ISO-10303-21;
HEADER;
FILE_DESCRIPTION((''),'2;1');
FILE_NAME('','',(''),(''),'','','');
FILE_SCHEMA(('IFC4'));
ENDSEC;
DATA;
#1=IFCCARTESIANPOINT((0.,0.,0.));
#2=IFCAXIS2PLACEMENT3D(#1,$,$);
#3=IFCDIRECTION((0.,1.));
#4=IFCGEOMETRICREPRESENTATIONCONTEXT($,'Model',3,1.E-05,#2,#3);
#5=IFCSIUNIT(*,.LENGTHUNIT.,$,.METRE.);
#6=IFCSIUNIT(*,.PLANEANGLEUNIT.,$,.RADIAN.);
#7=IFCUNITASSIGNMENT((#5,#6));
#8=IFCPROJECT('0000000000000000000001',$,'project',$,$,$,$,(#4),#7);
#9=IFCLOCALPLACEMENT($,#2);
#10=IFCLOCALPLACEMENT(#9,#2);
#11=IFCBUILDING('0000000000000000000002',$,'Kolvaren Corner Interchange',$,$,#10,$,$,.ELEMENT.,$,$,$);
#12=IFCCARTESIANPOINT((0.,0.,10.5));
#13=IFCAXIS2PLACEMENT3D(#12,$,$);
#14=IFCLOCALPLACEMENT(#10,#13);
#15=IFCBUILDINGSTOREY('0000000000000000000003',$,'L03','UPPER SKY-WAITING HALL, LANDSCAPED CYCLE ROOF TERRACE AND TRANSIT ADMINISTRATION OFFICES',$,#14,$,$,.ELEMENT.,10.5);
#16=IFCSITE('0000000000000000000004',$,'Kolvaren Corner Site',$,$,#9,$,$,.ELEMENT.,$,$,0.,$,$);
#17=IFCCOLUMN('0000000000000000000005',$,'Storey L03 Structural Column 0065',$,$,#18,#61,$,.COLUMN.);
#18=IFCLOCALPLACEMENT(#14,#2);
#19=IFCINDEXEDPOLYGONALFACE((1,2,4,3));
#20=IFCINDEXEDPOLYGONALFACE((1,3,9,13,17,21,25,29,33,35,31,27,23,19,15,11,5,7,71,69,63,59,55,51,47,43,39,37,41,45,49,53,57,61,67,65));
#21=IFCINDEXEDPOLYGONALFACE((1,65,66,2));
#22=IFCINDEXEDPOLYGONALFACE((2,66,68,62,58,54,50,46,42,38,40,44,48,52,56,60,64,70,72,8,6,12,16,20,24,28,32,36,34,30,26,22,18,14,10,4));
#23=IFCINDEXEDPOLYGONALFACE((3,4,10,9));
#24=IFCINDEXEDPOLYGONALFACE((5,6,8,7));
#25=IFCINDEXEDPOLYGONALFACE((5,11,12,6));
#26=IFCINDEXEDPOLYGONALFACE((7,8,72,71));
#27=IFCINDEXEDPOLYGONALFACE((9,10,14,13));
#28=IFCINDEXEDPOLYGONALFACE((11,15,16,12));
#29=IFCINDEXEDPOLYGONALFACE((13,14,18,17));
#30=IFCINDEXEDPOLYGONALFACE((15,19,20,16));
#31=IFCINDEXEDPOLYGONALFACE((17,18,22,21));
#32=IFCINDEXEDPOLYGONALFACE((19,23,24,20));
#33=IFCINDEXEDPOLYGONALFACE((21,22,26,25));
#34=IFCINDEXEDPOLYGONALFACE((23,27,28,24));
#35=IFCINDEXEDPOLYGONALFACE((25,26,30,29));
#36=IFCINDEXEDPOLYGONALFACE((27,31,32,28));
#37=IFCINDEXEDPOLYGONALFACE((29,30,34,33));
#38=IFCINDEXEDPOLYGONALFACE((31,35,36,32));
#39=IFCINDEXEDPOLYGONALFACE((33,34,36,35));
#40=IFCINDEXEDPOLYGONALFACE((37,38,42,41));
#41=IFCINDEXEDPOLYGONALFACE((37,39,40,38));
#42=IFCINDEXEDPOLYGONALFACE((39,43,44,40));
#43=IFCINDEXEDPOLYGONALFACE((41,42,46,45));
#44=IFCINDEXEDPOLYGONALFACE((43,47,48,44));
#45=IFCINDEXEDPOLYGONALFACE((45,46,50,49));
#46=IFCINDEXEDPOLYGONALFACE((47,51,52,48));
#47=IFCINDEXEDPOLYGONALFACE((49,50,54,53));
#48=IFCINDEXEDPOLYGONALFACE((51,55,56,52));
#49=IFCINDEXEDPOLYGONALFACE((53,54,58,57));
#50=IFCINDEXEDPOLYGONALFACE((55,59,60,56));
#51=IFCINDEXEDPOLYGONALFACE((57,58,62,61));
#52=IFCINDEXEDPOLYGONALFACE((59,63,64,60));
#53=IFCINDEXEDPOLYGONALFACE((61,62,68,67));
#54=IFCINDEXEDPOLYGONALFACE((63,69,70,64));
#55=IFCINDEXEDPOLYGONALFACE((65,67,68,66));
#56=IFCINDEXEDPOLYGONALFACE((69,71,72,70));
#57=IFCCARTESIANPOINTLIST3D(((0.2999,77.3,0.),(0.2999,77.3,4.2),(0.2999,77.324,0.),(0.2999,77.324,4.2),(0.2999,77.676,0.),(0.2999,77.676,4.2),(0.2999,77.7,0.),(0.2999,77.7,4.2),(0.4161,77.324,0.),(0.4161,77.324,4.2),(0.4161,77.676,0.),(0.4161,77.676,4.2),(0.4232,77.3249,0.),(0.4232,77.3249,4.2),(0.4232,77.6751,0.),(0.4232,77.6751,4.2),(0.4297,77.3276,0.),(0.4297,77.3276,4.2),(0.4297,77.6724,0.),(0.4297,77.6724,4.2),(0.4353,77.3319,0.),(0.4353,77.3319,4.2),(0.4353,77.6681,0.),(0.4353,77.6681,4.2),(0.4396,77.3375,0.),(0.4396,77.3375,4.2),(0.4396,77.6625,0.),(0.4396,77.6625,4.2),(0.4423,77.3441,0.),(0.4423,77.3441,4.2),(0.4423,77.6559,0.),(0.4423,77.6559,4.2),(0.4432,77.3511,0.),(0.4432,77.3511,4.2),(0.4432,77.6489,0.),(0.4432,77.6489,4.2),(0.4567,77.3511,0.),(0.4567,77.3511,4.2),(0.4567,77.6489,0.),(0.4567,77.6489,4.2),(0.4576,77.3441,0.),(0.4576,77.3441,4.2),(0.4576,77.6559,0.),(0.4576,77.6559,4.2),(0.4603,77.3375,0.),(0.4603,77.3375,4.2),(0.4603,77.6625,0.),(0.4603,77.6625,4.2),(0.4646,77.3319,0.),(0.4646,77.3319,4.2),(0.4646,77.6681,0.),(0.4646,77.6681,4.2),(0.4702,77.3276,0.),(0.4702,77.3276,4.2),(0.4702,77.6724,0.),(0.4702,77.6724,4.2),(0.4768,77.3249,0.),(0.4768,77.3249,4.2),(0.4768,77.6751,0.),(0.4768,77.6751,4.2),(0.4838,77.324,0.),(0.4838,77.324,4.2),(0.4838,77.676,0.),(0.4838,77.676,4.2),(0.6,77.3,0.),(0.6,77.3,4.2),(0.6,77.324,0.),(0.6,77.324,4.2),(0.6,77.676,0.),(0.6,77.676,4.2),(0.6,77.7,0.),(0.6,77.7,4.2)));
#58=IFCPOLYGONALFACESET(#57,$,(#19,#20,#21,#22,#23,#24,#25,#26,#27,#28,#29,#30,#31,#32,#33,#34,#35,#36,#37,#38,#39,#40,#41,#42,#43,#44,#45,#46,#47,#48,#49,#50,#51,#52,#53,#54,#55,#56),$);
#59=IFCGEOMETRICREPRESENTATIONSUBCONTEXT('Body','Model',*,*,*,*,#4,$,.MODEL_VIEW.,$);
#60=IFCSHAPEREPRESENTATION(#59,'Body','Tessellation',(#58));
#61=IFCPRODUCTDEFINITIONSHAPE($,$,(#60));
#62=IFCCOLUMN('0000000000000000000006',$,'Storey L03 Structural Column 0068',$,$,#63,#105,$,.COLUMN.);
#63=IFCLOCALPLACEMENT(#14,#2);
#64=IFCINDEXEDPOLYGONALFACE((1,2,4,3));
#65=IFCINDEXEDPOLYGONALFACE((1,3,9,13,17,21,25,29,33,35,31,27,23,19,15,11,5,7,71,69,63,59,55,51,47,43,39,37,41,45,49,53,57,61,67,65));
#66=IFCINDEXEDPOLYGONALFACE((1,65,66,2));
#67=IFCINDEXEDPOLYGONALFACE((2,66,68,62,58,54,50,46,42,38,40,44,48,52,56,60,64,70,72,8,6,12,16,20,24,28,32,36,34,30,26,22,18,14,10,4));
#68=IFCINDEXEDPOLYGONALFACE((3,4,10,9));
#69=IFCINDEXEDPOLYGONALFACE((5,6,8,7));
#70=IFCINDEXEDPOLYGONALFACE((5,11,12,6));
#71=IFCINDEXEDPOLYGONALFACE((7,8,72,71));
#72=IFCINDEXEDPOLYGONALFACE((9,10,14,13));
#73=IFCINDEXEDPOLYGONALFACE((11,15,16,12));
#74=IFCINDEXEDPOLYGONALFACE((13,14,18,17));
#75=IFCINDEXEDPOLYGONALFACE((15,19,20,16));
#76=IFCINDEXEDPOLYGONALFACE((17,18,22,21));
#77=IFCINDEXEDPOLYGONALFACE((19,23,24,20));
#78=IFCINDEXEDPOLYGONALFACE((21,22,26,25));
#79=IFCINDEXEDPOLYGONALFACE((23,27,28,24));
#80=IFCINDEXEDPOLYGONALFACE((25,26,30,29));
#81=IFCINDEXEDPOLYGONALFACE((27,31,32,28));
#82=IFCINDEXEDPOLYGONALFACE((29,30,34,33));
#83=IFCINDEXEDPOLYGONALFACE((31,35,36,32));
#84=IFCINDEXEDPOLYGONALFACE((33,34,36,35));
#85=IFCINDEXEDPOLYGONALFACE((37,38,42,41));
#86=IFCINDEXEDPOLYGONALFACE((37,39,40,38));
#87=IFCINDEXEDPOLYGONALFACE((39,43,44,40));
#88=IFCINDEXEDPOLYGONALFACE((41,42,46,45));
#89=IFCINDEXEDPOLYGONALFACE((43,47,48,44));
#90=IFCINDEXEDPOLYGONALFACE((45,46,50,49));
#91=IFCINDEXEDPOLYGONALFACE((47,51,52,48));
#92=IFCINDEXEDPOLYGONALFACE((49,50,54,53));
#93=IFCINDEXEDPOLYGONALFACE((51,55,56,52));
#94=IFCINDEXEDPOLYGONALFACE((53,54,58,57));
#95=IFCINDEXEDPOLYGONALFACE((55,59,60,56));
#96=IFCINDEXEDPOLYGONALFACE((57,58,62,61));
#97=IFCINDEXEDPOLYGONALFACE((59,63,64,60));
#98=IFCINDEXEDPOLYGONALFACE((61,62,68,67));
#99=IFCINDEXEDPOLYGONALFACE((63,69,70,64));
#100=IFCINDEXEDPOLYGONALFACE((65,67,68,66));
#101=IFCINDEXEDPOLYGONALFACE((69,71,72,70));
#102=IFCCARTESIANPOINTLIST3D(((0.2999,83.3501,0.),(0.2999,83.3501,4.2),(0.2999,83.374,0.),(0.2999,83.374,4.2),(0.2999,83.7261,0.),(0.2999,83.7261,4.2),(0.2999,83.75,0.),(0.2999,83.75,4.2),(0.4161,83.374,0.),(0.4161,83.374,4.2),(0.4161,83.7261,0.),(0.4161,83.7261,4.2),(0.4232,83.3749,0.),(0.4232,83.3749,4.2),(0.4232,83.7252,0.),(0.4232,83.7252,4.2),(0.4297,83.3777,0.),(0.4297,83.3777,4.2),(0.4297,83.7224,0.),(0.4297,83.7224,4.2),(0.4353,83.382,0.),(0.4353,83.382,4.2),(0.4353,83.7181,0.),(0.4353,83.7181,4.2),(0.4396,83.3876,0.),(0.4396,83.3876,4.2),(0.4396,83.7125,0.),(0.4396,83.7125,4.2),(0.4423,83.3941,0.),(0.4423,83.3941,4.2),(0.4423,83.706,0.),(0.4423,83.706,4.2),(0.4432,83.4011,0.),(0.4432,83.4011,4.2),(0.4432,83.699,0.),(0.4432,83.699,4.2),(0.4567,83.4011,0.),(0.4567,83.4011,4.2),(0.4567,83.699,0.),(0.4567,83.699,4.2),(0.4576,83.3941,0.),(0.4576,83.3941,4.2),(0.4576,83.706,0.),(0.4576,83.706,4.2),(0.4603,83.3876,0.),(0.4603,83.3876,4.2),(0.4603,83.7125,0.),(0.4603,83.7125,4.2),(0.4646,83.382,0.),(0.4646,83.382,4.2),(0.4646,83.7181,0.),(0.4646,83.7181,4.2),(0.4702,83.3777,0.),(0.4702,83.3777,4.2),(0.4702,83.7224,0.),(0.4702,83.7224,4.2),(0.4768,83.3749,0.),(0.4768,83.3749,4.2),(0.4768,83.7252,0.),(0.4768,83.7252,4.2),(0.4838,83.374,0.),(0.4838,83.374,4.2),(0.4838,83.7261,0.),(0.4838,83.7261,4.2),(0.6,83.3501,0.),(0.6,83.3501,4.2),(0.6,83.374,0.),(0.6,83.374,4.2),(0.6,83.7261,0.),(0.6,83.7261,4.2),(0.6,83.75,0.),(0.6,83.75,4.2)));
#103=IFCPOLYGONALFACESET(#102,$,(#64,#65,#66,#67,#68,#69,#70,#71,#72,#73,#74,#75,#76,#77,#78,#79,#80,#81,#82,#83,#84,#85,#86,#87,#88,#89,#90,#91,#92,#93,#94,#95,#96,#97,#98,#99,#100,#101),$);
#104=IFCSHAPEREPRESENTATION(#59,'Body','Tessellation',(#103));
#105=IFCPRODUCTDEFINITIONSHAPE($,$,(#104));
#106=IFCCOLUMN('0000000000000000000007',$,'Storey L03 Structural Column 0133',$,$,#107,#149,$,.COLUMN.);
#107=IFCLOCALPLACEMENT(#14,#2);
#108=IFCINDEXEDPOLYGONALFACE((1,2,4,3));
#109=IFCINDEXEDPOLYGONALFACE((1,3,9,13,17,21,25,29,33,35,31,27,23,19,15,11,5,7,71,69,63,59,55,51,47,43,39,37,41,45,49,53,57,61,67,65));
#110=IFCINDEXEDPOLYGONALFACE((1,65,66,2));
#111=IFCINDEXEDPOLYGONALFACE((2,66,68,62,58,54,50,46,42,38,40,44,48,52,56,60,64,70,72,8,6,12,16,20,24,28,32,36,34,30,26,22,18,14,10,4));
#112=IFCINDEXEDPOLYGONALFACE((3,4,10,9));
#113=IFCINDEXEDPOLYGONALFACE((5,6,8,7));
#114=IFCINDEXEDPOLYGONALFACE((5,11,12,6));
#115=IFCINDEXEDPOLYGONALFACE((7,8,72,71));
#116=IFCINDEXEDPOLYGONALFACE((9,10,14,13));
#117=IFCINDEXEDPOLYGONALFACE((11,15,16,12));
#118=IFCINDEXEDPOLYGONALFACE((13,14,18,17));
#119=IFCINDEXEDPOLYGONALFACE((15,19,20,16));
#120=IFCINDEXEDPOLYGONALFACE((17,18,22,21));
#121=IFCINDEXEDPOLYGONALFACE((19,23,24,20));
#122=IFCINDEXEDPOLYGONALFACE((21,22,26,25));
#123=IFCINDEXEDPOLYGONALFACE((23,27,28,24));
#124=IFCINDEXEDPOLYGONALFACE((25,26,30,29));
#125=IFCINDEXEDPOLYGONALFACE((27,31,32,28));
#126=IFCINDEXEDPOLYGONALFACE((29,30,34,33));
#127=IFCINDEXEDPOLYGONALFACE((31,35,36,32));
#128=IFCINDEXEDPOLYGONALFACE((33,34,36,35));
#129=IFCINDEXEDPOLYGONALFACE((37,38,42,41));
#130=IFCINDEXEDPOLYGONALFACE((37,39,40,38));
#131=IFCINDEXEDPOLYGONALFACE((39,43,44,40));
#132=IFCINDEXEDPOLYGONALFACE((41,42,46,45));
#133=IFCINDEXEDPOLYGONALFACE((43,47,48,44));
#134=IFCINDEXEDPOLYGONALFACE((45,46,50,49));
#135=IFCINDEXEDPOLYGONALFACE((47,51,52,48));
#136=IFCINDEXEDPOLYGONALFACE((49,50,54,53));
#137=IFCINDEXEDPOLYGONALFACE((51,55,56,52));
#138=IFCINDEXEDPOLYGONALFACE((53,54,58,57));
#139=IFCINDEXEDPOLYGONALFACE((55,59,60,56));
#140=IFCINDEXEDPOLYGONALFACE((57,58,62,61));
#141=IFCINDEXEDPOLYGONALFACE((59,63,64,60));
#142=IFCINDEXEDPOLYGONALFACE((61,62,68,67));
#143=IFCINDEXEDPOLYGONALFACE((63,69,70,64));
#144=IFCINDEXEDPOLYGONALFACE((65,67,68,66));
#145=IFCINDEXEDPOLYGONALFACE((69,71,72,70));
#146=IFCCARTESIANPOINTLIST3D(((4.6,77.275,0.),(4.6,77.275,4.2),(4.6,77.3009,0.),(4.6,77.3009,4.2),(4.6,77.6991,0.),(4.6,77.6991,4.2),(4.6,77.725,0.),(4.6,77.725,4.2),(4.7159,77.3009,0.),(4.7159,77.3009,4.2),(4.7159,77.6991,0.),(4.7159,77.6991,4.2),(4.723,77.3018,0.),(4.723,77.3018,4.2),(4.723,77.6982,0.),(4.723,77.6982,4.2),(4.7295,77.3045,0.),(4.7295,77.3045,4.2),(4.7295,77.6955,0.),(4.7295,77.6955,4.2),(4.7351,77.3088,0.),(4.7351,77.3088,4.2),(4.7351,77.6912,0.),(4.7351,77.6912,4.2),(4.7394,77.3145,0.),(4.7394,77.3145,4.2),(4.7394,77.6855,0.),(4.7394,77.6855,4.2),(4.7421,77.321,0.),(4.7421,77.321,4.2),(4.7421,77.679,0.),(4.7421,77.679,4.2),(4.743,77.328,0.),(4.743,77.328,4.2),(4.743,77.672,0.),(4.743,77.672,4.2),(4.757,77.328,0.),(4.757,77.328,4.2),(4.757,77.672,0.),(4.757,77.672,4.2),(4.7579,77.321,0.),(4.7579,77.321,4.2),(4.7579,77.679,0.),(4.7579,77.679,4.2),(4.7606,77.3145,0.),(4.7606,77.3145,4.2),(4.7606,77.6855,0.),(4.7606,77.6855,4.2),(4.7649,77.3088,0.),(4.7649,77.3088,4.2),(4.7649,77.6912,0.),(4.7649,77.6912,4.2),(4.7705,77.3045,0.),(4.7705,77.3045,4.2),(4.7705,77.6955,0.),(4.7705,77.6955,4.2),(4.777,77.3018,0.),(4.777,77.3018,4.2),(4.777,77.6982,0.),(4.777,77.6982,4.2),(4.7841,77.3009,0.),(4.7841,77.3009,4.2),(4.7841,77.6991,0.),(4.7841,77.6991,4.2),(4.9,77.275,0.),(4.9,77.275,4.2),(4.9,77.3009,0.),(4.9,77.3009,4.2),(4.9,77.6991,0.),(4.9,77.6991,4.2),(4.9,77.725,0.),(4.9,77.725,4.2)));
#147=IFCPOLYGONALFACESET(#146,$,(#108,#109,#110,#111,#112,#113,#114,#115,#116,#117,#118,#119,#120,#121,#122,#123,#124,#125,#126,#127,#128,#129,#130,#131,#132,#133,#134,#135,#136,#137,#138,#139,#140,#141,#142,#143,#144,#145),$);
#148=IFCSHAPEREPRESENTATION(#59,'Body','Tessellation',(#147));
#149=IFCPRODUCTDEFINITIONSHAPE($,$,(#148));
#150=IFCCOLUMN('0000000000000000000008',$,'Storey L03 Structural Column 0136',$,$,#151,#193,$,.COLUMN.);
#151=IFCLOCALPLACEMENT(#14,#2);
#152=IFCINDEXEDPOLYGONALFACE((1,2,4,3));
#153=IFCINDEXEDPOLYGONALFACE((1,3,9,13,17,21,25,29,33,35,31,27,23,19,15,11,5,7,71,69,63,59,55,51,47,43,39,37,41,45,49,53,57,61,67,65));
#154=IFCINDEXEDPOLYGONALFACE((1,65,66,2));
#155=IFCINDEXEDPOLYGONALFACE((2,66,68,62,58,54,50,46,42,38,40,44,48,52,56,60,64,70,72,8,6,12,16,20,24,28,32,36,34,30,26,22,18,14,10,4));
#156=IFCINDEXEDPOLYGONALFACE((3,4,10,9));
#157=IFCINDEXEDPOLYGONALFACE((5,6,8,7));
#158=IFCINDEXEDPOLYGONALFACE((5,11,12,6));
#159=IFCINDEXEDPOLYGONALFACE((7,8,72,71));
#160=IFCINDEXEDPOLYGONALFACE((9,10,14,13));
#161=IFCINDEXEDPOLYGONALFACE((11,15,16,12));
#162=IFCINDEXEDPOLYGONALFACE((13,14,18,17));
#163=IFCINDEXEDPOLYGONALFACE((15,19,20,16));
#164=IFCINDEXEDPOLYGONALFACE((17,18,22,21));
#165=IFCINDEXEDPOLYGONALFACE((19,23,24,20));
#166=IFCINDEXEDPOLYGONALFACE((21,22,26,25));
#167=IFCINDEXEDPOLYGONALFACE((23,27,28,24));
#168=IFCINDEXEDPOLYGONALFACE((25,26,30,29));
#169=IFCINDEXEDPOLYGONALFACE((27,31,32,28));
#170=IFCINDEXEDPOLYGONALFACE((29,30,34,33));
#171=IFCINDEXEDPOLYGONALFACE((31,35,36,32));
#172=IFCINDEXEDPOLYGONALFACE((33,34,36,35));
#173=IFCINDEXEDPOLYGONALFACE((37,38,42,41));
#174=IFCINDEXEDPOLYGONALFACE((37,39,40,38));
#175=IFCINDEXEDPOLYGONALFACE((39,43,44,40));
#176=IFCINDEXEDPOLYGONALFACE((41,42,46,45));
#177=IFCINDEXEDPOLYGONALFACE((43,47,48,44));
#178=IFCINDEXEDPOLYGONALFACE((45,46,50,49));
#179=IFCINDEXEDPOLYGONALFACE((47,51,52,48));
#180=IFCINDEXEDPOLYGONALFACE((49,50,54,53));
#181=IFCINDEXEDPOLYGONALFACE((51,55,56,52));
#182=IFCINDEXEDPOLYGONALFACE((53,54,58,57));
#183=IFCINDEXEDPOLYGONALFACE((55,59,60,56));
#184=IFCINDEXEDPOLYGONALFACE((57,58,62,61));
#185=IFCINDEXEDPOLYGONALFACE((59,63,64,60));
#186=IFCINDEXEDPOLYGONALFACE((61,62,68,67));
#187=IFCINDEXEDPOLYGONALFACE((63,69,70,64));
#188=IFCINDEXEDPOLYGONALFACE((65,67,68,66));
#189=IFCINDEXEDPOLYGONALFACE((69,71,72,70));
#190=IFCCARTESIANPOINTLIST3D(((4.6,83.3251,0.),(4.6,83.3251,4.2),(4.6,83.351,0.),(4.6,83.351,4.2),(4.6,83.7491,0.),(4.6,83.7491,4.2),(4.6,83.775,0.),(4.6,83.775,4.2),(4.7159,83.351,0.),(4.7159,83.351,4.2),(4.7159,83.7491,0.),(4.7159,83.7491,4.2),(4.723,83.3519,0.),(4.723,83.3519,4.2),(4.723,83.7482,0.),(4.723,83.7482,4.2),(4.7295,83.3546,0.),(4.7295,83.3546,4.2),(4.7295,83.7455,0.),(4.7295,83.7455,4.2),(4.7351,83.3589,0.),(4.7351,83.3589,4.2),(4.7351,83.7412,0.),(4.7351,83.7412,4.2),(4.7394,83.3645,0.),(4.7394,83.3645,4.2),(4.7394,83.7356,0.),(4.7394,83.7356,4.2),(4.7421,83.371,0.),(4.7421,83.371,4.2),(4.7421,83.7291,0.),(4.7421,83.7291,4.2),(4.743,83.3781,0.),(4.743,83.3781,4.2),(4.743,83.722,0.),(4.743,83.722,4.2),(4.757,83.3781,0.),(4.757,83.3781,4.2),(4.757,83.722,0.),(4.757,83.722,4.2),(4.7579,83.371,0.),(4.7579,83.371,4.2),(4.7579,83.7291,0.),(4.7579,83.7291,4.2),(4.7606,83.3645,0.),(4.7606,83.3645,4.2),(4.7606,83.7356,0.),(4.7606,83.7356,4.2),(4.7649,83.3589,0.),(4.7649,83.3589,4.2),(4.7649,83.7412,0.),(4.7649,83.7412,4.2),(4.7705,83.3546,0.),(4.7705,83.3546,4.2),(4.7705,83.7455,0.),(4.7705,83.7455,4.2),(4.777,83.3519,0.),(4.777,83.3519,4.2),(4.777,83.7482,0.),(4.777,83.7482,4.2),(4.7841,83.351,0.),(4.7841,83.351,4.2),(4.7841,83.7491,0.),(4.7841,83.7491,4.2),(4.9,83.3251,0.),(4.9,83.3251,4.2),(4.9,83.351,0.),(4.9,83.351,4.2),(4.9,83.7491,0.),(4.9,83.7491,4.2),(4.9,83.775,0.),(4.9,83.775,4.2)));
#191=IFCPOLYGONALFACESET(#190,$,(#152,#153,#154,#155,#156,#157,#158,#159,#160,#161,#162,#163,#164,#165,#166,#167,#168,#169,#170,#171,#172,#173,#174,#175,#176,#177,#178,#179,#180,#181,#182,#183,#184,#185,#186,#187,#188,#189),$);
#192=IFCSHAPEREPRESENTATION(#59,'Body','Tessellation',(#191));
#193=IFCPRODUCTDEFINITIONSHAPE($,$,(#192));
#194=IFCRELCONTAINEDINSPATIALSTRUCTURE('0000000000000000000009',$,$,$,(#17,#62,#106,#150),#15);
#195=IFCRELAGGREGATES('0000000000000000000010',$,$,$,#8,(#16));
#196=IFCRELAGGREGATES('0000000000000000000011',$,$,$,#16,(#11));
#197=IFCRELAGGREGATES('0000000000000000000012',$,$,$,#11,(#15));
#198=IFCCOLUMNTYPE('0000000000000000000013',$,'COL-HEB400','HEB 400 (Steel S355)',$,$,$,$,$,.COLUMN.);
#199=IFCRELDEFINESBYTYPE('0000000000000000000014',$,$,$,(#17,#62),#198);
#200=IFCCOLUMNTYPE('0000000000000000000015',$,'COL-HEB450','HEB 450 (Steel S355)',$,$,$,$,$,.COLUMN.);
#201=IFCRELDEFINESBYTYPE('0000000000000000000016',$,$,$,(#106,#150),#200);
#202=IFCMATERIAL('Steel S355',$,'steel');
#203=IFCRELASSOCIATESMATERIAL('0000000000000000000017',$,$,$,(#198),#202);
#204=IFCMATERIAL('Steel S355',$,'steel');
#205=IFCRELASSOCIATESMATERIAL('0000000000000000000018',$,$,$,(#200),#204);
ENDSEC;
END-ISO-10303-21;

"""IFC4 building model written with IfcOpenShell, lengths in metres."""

from ifc_helpers import new_model, si_unit, direction, frame, origin, origin_2d, place, context, subcontext, project, spatial, i_section, extrude, material, material_profile, profile_set, type_object, element, save


model = new_model("IFC4")

# Units and contexts
model_context = context("Model", 3, precision=1e-05, world=origin(), true_north=direction((0.0, 1.0)))
body_context = subcontext(model_context, "Body", "Model", "MODEL_VIEW")
ifc_project = project(units=[si_unit("LENGTHUNIT", "METRE"), si_unit("PLANEANGLEUNIT", "RADIAN")], contexts=[model_context])

# Site, building, storey
site_placement = place(None, origin())
site = spatial("IfcSite", under=ifc_project, at=site_placement, Name="Kolvaren Corner Site", CompositionType="ELEMENT", RefElevation=0.0)
building_placement = place(site_placement, origin())
building = spatial("IfcBuilding", under=site, at=building_placement, Name="Kolvaren Corner Interchange", CompositionType="ELEMENT")
storey_placement = place(building_placement, frame((0.0, 0.0, 10.5)))
storey = spatial("IfcBuildingStorey", under=building, at=storey_placement, Name="L03", Description="UPPER SKY-WAITING HALL, LANDSCAPED CYCLE ROOF TERRACE AND TRANSIT ADMINISTRATION OFFICES", CompositionType="ELEMENT", Elevation=10.5)

# Columns
ifc_material_1 = material(Name="Steel S355", Category="steel")
ifc_material_profile_1 = material_profile(ifc_material_1, i_section(OverallWidth=0.3, OverallDepth=0.3999, WebThickness=0.0134, FlangeThickness=0.0239, FilletRadius=0.0271, at=origin_2d()), Name="HEB 400")
ifc_profile_set_1 = profile_set([ifc_material_profile_1], Name="Steel S355")
column_type_1 = type_object("IfcColumnType", Name="COL-HEB400", Description="HEB 400 (Steel S355)", PredefinedType="COLUMN", material=ifc_profile_set_1)
for number, where, z_axis, x_axis, name in (
    (1, (0.45, 77.5, 0.0), (0.0, 0.0, 1.0), (1.0, 0.0, 0.0), "Storey L03 Structural Column 0065"),
    (2, (0.45, 83.55, 0.0), (0.0, 0.0, 1.0), (1.0, 0.0, 0.0), "Storey L03 Structural Column 0068"),
):
    element("IfcColumn", number, at=place(storey_placement, frame(where, z_axis=z_axis, x_axis=x_axis)), inside=storey, type_object=column_type_1, Name=name, PredefinedType="COLUMN", context=body_context, shape_type="SweptSolid", body=[
        extrude(i_section(OverallWidth=0.3, OverallDepth=0.3999, WebThickness=0.0134, FlangeThickness=0.0239, FilletRadius=0.0271, at=origin_2d()), origin(), (0.0, 0.0, 1.0), 4.2),
    ])
ifc_material_2 = material(Name="Steel S355", Category="steel")
ifc_material_profile_2 = material_profile(ifc_material_2, i_section(OverallWidth=0.3, OverallDepth=0.45, WebThickness=0.0139, FlangeThickness=0.0259, FilletRadius=0.0271, at=origin_2d()), Name="HEB 450")
ifc_profile_set_2 = profile_set([ifc_material_profile_2], Name="Steel S355")
column_type_2 = type_object("IfcColumnType", Name="COL-HEB450", Description="HEB 450 (Steel S355)", PredefinedType="COLUMN", material=ifc_profile_set_2)
for number, where, z_axis, x_axis, name in (
    (3, (4.75, 77.5, 0.0), (0.0, 0.0, 1.0), (1.0, 0.0, 0.0), "Storey L03 Structural Column 0133"),
    (4, (4.75, 83.55, 0.0), (0.0, 0.0, 1.0), (1.0, 0.0, 0.0), "Storey L03 Structural Column 0136"),
):
    element("IfcColumn", number, at=place(storey_placement, frame(where, z_axis=z_axis, x_axis=x_axis)), inside=storey, type_object=column_type_2, Name=name, PredefinedType="COLUMN", context=body_context, shape_type="SweptSolid", body=[
        extrude(i_section(OverallWidth=0.3, OverallDepth=0.45, WebThickness=0.0139, FlangeThickness=0.0259, FilletRadius=0.0271, at=origin_2d()), origin(), (0.0, 0.0, 1.0), 4.2),
    ])

save(model, "model.ifc")
